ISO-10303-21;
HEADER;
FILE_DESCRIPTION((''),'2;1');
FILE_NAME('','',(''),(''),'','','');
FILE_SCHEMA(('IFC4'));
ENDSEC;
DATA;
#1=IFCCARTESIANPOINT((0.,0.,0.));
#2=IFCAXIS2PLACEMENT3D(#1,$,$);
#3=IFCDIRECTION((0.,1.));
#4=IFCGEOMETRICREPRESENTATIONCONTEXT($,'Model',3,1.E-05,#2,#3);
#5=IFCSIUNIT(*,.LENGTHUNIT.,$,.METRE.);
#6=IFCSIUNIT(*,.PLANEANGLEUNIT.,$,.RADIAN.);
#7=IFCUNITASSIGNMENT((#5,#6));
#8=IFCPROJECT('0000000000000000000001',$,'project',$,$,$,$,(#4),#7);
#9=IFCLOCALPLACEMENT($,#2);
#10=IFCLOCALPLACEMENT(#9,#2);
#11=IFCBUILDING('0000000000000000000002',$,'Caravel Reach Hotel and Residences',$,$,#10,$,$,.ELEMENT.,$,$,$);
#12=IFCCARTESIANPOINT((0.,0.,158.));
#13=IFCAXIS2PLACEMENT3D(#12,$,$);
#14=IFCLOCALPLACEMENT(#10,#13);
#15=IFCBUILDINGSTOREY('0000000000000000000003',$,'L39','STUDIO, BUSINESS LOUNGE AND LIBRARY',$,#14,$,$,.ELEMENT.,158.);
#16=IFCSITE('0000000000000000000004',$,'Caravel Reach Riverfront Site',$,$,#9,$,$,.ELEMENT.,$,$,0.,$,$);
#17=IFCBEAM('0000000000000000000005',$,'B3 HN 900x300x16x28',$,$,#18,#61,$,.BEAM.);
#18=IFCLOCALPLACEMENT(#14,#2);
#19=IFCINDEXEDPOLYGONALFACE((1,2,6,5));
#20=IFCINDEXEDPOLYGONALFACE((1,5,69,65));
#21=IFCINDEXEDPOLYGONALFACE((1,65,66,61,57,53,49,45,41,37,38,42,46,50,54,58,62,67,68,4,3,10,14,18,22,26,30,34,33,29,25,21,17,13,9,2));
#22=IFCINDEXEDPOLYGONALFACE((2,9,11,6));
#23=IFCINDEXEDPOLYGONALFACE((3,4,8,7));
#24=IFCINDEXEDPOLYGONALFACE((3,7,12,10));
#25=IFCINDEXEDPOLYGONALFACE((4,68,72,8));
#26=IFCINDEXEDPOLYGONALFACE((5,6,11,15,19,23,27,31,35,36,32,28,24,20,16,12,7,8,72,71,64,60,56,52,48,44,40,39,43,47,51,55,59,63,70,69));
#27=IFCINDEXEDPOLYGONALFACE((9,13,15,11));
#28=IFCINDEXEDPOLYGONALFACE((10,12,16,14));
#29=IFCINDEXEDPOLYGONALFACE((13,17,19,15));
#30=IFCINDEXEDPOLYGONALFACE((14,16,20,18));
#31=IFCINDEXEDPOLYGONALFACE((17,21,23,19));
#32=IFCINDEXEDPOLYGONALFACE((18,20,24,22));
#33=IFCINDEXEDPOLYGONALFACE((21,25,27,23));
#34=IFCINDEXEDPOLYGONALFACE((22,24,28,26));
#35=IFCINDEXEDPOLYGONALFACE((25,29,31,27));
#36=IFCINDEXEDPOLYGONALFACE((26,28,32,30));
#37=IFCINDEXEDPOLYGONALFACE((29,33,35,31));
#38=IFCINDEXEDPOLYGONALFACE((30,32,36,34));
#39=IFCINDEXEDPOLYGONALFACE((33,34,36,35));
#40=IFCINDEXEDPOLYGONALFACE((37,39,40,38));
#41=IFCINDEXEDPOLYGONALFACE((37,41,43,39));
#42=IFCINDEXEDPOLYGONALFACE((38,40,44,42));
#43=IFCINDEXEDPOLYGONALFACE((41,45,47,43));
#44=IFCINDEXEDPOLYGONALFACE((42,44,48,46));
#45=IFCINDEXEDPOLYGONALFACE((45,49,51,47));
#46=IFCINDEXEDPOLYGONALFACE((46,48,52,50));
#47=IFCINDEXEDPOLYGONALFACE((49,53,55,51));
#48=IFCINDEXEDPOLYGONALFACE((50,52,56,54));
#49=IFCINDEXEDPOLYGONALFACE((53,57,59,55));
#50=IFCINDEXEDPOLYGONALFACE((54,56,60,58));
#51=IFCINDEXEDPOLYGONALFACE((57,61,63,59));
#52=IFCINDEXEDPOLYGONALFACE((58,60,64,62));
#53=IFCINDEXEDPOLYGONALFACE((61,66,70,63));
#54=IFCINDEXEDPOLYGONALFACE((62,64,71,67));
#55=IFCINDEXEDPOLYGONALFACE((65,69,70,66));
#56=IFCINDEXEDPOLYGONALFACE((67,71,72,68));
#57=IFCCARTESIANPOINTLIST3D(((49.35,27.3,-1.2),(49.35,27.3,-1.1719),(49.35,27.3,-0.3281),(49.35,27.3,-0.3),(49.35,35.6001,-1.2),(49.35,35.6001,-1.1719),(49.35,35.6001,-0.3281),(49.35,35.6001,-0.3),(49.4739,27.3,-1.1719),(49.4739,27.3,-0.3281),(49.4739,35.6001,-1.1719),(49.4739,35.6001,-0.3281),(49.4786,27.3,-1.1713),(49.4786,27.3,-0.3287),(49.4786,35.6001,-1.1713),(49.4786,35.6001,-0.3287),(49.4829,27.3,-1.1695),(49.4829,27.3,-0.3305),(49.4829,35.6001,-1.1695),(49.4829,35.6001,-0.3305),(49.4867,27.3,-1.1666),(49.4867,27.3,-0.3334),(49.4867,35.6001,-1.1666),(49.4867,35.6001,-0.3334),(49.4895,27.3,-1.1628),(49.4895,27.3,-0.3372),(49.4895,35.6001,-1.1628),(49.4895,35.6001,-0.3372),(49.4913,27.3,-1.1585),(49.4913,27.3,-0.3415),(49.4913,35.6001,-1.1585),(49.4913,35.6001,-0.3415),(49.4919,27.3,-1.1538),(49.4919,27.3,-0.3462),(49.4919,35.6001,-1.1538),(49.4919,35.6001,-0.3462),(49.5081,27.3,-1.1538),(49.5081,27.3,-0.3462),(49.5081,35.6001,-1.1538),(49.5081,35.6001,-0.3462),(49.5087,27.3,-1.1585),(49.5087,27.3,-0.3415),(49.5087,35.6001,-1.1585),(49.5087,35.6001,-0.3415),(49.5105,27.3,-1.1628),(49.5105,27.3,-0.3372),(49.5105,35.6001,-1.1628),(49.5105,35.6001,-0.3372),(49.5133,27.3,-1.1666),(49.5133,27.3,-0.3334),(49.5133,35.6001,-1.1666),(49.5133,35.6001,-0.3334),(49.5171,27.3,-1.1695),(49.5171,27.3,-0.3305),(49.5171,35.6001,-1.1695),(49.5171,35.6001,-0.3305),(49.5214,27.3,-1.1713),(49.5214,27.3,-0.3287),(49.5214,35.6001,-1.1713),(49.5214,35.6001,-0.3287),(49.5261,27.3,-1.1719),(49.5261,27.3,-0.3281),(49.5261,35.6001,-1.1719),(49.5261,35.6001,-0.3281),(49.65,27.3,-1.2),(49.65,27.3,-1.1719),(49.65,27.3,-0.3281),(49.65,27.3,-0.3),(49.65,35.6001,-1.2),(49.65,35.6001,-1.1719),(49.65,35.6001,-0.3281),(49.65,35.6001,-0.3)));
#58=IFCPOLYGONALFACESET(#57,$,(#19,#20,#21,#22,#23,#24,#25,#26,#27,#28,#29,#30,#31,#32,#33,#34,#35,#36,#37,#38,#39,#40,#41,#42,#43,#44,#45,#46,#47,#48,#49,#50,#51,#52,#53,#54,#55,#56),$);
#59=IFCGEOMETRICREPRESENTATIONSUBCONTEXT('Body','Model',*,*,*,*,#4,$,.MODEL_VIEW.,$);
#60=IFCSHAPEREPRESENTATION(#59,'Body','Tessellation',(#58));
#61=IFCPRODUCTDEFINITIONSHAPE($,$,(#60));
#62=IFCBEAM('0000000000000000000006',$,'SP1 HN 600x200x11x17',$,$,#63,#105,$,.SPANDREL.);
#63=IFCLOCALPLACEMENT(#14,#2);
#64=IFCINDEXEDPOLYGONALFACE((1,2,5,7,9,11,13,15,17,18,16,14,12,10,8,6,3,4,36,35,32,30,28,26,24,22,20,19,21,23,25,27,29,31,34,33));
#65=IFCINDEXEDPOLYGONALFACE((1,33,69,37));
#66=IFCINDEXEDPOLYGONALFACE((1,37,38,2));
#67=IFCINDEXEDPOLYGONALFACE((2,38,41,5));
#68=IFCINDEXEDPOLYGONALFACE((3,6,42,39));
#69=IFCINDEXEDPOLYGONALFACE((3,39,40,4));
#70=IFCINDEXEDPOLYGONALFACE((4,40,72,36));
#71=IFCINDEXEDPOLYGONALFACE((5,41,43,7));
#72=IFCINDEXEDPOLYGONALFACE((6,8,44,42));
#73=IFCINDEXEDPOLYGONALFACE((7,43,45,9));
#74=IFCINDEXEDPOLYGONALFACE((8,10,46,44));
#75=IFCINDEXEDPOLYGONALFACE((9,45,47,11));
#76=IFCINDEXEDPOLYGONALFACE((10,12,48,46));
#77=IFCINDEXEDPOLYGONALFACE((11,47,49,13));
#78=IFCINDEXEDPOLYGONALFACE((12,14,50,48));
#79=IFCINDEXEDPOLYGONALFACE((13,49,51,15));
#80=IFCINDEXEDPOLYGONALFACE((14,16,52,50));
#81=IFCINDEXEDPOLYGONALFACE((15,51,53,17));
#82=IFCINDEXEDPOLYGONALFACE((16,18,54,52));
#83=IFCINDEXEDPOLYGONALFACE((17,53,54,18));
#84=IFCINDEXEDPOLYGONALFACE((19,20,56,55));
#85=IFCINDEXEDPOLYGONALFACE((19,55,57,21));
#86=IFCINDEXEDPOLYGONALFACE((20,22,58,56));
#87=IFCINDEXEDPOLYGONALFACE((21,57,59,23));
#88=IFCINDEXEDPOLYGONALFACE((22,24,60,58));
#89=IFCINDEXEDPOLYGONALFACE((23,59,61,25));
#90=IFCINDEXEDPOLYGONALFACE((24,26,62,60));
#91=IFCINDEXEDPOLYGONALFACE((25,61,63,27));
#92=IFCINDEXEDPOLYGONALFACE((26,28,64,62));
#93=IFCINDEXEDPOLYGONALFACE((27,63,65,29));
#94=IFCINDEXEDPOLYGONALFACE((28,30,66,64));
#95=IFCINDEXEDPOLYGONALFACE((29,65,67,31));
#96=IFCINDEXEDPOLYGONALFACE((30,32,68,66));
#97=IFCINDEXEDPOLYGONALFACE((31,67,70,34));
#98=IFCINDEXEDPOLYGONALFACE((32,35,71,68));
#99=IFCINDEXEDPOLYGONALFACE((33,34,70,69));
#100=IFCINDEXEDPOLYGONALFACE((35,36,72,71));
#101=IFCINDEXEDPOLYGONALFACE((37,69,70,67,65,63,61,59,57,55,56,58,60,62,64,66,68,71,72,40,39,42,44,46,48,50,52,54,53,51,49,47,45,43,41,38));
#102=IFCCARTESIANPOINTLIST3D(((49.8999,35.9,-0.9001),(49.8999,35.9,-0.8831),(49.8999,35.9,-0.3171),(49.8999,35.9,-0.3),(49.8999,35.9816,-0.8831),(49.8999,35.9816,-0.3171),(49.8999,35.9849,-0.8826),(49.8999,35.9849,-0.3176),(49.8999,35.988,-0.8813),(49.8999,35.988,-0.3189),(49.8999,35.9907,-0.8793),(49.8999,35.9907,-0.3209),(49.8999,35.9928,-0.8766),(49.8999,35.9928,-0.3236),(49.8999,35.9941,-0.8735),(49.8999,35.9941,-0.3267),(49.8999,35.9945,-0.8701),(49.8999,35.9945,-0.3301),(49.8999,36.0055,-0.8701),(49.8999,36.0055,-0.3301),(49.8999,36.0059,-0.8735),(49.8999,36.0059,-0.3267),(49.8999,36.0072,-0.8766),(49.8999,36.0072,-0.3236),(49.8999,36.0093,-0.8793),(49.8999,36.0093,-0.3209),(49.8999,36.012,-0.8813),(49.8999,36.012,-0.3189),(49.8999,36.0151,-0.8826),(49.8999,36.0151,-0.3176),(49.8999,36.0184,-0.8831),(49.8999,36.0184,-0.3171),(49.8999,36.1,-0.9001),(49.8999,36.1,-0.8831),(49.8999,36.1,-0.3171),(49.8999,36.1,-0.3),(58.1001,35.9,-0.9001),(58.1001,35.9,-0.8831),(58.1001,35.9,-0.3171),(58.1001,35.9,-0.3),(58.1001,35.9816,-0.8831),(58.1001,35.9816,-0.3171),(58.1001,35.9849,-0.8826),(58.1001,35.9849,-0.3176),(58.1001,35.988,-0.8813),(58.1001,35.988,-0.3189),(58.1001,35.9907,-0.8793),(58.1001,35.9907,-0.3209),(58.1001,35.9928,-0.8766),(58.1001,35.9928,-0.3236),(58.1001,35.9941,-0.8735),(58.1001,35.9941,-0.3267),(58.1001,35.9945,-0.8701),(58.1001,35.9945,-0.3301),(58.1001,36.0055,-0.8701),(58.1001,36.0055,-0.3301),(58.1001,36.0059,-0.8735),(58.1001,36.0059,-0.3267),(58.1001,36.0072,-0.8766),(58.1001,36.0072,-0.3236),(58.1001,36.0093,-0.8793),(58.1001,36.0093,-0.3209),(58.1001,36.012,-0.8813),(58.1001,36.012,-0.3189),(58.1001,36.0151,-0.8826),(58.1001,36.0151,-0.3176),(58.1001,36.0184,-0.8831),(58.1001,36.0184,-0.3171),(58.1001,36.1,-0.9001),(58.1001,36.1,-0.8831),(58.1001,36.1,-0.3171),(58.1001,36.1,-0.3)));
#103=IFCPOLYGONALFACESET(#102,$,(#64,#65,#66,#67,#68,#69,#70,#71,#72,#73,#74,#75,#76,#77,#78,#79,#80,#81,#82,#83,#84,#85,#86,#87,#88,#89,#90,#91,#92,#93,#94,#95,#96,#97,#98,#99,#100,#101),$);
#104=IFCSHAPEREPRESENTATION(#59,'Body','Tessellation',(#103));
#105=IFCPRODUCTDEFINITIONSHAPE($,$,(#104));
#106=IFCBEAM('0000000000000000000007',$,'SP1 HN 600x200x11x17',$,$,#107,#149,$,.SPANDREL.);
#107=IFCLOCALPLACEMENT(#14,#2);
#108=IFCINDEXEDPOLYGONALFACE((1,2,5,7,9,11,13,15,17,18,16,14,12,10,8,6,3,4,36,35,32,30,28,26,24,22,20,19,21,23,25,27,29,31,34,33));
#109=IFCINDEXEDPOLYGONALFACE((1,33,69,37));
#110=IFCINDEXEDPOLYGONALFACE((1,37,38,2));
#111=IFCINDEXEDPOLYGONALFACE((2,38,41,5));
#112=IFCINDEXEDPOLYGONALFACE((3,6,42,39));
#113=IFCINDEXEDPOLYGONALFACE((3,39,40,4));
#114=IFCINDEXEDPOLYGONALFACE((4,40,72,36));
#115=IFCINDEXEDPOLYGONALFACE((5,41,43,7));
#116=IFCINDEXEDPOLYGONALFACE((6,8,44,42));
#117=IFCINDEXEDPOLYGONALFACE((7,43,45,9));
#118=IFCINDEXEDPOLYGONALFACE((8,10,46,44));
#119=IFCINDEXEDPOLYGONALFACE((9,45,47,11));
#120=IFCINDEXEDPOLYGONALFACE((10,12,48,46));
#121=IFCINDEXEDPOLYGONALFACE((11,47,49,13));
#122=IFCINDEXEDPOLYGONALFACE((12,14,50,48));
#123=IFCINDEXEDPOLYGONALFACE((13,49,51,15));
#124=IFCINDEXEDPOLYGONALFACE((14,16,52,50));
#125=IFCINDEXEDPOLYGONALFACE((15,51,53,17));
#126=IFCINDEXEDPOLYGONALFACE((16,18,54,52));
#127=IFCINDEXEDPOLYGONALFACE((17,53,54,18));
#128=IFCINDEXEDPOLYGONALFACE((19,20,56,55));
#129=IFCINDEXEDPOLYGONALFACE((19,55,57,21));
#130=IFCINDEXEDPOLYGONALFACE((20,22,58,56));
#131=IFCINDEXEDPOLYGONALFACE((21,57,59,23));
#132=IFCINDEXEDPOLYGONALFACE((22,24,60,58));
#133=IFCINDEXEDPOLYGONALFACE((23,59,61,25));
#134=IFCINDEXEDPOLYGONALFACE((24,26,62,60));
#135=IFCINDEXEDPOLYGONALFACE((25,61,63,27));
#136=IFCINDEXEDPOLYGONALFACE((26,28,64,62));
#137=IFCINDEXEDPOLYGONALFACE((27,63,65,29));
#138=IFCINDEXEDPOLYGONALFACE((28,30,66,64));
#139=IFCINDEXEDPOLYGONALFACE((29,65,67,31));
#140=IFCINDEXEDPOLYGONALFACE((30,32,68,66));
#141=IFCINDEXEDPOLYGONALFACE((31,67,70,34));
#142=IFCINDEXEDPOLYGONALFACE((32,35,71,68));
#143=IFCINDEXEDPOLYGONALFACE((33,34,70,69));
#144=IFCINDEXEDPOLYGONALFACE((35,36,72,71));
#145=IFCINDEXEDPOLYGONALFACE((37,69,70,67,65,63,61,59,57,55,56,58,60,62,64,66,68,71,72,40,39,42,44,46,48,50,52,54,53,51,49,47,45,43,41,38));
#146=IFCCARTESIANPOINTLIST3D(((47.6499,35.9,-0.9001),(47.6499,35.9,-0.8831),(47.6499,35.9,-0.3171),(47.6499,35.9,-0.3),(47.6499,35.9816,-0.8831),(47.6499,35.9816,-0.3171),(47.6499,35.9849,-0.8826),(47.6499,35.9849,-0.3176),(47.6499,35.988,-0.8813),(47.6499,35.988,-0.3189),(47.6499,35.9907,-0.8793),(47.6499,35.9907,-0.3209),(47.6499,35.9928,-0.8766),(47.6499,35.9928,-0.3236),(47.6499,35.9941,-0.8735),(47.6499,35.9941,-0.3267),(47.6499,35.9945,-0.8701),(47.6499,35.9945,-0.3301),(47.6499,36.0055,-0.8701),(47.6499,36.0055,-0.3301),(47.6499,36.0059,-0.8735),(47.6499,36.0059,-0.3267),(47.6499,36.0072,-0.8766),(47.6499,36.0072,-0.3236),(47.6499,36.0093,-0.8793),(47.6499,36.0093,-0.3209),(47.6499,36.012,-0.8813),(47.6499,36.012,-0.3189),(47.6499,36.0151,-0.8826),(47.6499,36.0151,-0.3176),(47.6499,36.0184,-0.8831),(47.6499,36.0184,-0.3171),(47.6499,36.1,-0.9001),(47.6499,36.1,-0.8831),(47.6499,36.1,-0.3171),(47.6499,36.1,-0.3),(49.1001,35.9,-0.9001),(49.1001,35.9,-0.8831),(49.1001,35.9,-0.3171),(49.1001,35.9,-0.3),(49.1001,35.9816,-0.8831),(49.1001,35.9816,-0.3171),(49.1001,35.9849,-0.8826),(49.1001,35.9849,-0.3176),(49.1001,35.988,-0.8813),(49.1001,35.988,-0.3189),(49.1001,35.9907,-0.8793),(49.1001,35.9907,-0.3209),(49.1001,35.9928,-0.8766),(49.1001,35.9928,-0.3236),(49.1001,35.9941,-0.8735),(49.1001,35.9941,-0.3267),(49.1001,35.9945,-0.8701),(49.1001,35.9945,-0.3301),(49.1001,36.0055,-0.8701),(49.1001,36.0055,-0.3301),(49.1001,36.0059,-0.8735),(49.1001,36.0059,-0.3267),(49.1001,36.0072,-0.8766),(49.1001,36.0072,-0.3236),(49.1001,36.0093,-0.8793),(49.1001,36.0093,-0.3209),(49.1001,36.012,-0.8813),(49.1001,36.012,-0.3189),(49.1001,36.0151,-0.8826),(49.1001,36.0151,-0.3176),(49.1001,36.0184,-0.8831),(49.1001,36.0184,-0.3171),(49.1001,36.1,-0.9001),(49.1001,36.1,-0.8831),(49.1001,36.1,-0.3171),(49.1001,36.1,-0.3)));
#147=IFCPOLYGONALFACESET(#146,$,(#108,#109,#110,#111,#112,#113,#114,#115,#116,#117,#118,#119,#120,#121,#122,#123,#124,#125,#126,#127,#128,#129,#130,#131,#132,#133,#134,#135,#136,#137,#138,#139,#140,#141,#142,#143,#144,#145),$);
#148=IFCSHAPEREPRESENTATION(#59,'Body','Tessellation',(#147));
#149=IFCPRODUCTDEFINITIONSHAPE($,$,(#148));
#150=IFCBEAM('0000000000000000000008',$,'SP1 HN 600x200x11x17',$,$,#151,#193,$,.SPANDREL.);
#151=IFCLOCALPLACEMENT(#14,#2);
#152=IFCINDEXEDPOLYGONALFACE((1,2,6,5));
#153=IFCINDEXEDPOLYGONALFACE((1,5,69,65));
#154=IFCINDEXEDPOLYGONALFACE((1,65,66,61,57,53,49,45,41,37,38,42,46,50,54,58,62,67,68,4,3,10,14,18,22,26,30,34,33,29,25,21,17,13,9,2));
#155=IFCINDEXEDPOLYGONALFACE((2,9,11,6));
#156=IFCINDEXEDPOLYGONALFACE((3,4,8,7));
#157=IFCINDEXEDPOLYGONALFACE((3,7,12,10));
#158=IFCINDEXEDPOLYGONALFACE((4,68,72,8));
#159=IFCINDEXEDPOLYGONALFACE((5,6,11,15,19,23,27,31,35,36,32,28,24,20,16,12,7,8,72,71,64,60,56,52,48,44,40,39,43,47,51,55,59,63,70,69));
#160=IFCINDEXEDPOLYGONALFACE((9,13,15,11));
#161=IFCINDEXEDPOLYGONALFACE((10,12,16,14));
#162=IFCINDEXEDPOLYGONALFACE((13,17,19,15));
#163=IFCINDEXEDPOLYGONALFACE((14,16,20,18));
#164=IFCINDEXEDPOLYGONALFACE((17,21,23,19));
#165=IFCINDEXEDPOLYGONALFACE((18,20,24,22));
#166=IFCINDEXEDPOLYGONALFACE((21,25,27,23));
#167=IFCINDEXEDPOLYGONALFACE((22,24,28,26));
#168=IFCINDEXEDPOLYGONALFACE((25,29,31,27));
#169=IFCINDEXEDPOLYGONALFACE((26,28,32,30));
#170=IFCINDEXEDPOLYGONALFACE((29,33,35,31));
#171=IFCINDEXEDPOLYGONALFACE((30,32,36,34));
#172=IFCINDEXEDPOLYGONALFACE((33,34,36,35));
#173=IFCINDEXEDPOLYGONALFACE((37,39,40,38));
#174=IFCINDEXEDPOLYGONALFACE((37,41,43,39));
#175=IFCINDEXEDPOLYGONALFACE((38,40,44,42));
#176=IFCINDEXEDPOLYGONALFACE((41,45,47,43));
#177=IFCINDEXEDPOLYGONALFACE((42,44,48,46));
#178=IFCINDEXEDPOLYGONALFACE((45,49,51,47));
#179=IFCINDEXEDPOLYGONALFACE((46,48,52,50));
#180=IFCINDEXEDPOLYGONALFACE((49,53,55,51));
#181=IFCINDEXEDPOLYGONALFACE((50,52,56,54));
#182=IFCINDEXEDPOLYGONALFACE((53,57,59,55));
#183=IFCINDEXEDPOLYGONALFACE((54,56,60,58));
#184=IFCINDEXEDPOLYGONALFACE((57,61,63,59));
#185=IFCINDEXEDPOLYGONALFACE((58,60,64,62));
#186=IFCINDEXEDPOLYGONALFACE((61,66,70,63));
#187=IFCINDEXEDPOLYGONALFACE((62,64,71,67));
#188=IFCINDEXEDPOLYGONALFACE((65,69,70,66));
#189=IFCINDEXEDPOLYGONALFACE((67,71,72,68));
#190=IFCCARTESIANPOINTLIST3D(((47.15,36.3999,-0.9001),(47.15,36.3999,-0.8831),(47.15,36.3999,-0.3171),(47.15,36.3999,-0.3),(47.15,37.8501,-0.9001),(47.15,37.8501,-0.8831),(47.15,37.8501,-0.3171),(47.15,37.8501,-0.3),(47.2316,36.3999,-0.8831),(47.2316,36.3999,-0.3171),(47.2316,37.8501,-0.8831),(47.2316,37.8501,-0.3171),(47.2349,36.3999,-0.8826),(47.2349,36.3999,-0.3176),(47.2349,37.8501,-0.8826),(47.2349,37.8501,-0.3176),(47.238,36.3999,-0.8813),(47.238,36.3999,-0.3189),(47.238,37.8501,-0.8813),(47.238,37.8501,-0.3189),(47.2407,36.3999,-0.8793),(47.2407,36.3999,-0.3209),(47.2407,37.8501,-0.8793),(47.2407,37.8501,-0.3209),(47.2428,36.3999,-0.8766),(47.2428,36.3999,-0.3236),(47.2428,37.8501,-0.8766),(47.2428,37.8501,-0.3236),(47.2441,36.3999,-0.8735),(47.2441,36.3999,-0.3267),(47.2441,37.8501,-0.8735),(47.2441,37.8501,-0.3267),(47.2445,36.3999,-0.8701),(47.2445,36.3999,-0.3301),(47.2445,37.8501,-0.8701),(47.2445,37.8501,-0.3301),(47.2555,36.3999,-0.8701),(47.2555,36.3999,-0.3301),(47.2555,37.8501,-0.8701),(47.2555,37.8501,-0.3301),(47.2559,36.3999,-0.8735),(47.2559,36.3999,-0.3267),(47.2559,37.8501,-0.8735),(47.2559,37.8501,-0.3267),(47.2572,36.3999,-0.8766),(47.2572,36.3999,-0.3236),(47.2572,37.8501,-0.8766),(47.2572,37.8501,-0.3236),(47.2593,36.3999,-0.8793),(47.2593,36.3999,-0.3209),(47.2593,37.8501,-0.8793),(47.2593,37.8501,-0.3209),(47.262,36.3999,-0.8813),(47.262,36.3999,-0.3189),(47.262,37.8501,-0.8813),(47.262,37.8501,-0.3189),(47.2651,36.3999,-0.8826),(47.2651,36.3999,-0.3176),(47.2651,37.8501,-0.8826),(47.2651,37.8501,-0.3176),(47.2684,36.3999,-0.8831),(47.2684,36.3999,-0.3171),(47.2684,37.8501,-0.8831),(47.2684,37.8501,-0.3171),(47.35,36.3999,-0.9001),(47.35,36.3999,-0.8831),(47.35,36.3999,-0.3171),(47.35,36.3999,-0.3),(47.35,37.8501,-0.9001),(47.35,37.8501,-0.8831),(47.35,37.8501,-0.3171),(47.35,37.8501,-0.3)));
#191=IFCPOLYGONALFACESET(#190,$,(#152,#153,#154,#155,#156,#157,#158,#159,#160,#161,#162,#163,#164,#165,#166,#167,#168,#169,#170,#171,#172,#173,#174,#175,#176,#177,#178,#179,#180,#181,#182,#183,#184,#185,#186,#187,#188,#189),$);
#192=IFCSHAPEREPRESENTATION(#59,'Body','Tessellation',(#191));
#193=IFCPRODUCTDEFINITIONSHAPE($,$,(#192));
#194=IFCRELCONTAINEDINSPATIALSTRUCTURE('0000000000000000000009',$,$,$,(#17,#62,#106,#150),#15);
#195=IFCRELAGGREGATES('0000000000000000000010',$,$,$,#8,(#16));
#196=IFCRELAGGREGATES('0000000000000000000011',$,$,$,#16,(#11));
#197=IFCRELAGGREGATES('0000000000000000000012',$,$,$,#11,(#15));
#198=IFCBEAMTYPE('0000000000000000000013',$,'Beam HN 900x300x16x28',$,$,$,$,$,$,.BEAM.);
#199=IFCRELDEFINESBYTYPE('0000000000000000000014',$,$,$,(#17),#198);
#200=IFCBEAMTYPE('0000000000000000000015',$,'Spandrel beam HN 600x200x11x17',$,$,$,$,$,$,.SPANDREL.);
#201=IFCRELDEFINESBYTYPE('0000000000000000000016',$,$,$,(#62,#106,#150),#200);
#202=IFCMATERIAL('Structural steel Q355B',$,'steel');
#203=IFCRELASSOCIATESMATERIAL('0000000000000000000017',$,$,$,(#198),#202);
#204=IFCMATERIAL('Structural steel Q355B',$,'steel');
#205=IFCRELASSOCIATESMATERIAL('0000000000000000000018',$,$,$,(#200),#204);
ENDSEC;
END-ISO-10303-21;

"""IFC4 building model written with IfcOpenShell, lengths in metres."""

from ifc_helpers import new_model, si_unit, direction, frame, origin, origin_2d, place, context, subcontext, project, spatial, i_section, extrude, material, material_profile, profile_set, type_object, element, save


model = new_model("IFC4")

# Units and contexts
model_context = context("Model", 3, precision=1e-05, world=origin(), true_north=direction((0.0, 1.0)))
body_context = subcontext(model_context, "Body", "Model", "MODEL_VIEW")
ifc_project = project(units=[si_unit("LENGTHUNIT", "METRE"), si_unit("PLANEANGLEUNIT", "RADIAN")], contexts=[model_context])

# Site, building, storey
site_placement = place(None, origin())
site = spatial("IfcSite", under=ifc_project, at=site_placement, Name="Caravel Reach Riverfront Site", CompositionType="ELEMENT", RefElevation=0.0)
building_placement = place(site_placement, origin())
building = spatial("IfcBuilding", under=site, at=building_placement, Name="Caravel Reach Hotel and Residences", CompositionType="ELEMENT")
storey_placement = place(building_placement, frame((0.0, 0.0, 158.0)))
storey = spatial("IfcBuildingStorey", under=building, at=storey_placement, Name="L39", Description="STUDIO, BUSINESS LOUNGE AND LIBRARY", CompositionType="ELEMENT", Elevation=158.0)

# Beams
ifc_material_1 = material(Name="Structural steel Q355B", Category="steel")
ifc_material_profile_1 = material_profile(ifc_material_1, i_section(OverallWidth=0.3, OverallDepth=0.8999, WebThickness=0.0161, FlangeThickness=0.0281, FilletRadius=0.0181, at=origin_2d()), Name="HN 900x300x16x28")
ifc_profile_set_1 = profile_set([ifc_material_profile_1], Name="Structural steel Q355B")
beam_type_1 = type_object("IfcBeamType", Name="Beam HN 900x300x16x28", PredefinedType="BEAM", material=ifc_profile_set_1)
beam_1_placement = place(storey_placement, frame((49.5, 27.3, -0.75), z_axis=(0.0, 1.0, 0.0), x_axis=(-1.0, 0.0, 0.0)))
element("IfcBeam", 1, at=beam_1_placement, inside=storey, type_object=beam_type_1, Name="B3 HN 900x300x16x28", PredefinedType="BEAM", context=body_context, shape_type="SweptSolid", body=[
    extrude(i_section(OverallWidth=0.3, OverallDepth=0.8999, WebThickness=0.0161, FlangeThickness=0.0281, FilletRadius=0.0181, at=origin_2d()), origin(), (0.0, 0.0, 1.0), 8.3),
])
ifc_material_2 = material(Name="Structural steel Q355B", Category="steel")
ifc_material_profile_2 = material_profile(ifc_material_2, i_section(OverallWidth=0.2, OverallDepth=0.6001, WebThickness=0.011, FlangeThickness=0.0171, FilletRadius=0.0129, at=origin_2d()), Name="HN 600x200x11x17")
ifc_profile_set_2 = profile_set([ifc_material_profile_2], Name="Structural steel Q355B")
beam_type_2 = type_object("IfcBeamType", Name="Spandrel beam HN 600x200x11x17", PredefinedType="SPANDREL", material=ifc_profile_set_2)
beam_2_placement = place(storey_placement, frame((58.1001, 36.0, -0.6001), z_axis=(-1.0, 0.0, 0.0), x_axis=(0.0, -1.0, 0.0)))
element("IfcBeam", 2, at=beam_2_placement, inside=storey, type_object=beam_type_2, Name="SP1 HN 600x200x11x17", PredefinedType="SPANDREL", context=body_context, shape_type="SweptSolid", body=[
    extrude(i_section(OverallWidth=0.2, OverallDepth=0.6001, WebThickness=0.011, FlangeThickness=0.0171, FilletRadius=0.0129, at=origin_2d()), origin(), (0.0, 0.0, 1.0), 8.2002),
])
for number, where, z_axis, x_axis, name in (
    (3, (49.1001, 36.0, -0.6001), (-1.0, 0.0, 0.0), (0.0, -1.0, 0.0), "SP1 HN 600x200x11x17"),
    (4, (47.25, 36.3999, -0.6001), (0.0, 1.0, 0.0), (-1.0, 0.0, 0.0), "SP1 HN 600x200x11x17"),
):
    element("IfcBeam", number, at=place(storey_placement, frame(where, z_axis=z_axis, x_axis=x_axis)), inside=storey, type_object=beam_type_2, Name=name, PredefinedType="SPANDREL", context=body_context, shape_type="SweptSolid", body=[
        extrude(i_section(OverallWidth=0.2, OverallDepth=0.6001, WebThickness=0.011, FlangeThickness=0.0171, FilletRadius=0.0129, at=origin_2d()), origin(), (0.0, 0.0, 1.0), 1.4502),
    ])

save(model, "model.ifc")
